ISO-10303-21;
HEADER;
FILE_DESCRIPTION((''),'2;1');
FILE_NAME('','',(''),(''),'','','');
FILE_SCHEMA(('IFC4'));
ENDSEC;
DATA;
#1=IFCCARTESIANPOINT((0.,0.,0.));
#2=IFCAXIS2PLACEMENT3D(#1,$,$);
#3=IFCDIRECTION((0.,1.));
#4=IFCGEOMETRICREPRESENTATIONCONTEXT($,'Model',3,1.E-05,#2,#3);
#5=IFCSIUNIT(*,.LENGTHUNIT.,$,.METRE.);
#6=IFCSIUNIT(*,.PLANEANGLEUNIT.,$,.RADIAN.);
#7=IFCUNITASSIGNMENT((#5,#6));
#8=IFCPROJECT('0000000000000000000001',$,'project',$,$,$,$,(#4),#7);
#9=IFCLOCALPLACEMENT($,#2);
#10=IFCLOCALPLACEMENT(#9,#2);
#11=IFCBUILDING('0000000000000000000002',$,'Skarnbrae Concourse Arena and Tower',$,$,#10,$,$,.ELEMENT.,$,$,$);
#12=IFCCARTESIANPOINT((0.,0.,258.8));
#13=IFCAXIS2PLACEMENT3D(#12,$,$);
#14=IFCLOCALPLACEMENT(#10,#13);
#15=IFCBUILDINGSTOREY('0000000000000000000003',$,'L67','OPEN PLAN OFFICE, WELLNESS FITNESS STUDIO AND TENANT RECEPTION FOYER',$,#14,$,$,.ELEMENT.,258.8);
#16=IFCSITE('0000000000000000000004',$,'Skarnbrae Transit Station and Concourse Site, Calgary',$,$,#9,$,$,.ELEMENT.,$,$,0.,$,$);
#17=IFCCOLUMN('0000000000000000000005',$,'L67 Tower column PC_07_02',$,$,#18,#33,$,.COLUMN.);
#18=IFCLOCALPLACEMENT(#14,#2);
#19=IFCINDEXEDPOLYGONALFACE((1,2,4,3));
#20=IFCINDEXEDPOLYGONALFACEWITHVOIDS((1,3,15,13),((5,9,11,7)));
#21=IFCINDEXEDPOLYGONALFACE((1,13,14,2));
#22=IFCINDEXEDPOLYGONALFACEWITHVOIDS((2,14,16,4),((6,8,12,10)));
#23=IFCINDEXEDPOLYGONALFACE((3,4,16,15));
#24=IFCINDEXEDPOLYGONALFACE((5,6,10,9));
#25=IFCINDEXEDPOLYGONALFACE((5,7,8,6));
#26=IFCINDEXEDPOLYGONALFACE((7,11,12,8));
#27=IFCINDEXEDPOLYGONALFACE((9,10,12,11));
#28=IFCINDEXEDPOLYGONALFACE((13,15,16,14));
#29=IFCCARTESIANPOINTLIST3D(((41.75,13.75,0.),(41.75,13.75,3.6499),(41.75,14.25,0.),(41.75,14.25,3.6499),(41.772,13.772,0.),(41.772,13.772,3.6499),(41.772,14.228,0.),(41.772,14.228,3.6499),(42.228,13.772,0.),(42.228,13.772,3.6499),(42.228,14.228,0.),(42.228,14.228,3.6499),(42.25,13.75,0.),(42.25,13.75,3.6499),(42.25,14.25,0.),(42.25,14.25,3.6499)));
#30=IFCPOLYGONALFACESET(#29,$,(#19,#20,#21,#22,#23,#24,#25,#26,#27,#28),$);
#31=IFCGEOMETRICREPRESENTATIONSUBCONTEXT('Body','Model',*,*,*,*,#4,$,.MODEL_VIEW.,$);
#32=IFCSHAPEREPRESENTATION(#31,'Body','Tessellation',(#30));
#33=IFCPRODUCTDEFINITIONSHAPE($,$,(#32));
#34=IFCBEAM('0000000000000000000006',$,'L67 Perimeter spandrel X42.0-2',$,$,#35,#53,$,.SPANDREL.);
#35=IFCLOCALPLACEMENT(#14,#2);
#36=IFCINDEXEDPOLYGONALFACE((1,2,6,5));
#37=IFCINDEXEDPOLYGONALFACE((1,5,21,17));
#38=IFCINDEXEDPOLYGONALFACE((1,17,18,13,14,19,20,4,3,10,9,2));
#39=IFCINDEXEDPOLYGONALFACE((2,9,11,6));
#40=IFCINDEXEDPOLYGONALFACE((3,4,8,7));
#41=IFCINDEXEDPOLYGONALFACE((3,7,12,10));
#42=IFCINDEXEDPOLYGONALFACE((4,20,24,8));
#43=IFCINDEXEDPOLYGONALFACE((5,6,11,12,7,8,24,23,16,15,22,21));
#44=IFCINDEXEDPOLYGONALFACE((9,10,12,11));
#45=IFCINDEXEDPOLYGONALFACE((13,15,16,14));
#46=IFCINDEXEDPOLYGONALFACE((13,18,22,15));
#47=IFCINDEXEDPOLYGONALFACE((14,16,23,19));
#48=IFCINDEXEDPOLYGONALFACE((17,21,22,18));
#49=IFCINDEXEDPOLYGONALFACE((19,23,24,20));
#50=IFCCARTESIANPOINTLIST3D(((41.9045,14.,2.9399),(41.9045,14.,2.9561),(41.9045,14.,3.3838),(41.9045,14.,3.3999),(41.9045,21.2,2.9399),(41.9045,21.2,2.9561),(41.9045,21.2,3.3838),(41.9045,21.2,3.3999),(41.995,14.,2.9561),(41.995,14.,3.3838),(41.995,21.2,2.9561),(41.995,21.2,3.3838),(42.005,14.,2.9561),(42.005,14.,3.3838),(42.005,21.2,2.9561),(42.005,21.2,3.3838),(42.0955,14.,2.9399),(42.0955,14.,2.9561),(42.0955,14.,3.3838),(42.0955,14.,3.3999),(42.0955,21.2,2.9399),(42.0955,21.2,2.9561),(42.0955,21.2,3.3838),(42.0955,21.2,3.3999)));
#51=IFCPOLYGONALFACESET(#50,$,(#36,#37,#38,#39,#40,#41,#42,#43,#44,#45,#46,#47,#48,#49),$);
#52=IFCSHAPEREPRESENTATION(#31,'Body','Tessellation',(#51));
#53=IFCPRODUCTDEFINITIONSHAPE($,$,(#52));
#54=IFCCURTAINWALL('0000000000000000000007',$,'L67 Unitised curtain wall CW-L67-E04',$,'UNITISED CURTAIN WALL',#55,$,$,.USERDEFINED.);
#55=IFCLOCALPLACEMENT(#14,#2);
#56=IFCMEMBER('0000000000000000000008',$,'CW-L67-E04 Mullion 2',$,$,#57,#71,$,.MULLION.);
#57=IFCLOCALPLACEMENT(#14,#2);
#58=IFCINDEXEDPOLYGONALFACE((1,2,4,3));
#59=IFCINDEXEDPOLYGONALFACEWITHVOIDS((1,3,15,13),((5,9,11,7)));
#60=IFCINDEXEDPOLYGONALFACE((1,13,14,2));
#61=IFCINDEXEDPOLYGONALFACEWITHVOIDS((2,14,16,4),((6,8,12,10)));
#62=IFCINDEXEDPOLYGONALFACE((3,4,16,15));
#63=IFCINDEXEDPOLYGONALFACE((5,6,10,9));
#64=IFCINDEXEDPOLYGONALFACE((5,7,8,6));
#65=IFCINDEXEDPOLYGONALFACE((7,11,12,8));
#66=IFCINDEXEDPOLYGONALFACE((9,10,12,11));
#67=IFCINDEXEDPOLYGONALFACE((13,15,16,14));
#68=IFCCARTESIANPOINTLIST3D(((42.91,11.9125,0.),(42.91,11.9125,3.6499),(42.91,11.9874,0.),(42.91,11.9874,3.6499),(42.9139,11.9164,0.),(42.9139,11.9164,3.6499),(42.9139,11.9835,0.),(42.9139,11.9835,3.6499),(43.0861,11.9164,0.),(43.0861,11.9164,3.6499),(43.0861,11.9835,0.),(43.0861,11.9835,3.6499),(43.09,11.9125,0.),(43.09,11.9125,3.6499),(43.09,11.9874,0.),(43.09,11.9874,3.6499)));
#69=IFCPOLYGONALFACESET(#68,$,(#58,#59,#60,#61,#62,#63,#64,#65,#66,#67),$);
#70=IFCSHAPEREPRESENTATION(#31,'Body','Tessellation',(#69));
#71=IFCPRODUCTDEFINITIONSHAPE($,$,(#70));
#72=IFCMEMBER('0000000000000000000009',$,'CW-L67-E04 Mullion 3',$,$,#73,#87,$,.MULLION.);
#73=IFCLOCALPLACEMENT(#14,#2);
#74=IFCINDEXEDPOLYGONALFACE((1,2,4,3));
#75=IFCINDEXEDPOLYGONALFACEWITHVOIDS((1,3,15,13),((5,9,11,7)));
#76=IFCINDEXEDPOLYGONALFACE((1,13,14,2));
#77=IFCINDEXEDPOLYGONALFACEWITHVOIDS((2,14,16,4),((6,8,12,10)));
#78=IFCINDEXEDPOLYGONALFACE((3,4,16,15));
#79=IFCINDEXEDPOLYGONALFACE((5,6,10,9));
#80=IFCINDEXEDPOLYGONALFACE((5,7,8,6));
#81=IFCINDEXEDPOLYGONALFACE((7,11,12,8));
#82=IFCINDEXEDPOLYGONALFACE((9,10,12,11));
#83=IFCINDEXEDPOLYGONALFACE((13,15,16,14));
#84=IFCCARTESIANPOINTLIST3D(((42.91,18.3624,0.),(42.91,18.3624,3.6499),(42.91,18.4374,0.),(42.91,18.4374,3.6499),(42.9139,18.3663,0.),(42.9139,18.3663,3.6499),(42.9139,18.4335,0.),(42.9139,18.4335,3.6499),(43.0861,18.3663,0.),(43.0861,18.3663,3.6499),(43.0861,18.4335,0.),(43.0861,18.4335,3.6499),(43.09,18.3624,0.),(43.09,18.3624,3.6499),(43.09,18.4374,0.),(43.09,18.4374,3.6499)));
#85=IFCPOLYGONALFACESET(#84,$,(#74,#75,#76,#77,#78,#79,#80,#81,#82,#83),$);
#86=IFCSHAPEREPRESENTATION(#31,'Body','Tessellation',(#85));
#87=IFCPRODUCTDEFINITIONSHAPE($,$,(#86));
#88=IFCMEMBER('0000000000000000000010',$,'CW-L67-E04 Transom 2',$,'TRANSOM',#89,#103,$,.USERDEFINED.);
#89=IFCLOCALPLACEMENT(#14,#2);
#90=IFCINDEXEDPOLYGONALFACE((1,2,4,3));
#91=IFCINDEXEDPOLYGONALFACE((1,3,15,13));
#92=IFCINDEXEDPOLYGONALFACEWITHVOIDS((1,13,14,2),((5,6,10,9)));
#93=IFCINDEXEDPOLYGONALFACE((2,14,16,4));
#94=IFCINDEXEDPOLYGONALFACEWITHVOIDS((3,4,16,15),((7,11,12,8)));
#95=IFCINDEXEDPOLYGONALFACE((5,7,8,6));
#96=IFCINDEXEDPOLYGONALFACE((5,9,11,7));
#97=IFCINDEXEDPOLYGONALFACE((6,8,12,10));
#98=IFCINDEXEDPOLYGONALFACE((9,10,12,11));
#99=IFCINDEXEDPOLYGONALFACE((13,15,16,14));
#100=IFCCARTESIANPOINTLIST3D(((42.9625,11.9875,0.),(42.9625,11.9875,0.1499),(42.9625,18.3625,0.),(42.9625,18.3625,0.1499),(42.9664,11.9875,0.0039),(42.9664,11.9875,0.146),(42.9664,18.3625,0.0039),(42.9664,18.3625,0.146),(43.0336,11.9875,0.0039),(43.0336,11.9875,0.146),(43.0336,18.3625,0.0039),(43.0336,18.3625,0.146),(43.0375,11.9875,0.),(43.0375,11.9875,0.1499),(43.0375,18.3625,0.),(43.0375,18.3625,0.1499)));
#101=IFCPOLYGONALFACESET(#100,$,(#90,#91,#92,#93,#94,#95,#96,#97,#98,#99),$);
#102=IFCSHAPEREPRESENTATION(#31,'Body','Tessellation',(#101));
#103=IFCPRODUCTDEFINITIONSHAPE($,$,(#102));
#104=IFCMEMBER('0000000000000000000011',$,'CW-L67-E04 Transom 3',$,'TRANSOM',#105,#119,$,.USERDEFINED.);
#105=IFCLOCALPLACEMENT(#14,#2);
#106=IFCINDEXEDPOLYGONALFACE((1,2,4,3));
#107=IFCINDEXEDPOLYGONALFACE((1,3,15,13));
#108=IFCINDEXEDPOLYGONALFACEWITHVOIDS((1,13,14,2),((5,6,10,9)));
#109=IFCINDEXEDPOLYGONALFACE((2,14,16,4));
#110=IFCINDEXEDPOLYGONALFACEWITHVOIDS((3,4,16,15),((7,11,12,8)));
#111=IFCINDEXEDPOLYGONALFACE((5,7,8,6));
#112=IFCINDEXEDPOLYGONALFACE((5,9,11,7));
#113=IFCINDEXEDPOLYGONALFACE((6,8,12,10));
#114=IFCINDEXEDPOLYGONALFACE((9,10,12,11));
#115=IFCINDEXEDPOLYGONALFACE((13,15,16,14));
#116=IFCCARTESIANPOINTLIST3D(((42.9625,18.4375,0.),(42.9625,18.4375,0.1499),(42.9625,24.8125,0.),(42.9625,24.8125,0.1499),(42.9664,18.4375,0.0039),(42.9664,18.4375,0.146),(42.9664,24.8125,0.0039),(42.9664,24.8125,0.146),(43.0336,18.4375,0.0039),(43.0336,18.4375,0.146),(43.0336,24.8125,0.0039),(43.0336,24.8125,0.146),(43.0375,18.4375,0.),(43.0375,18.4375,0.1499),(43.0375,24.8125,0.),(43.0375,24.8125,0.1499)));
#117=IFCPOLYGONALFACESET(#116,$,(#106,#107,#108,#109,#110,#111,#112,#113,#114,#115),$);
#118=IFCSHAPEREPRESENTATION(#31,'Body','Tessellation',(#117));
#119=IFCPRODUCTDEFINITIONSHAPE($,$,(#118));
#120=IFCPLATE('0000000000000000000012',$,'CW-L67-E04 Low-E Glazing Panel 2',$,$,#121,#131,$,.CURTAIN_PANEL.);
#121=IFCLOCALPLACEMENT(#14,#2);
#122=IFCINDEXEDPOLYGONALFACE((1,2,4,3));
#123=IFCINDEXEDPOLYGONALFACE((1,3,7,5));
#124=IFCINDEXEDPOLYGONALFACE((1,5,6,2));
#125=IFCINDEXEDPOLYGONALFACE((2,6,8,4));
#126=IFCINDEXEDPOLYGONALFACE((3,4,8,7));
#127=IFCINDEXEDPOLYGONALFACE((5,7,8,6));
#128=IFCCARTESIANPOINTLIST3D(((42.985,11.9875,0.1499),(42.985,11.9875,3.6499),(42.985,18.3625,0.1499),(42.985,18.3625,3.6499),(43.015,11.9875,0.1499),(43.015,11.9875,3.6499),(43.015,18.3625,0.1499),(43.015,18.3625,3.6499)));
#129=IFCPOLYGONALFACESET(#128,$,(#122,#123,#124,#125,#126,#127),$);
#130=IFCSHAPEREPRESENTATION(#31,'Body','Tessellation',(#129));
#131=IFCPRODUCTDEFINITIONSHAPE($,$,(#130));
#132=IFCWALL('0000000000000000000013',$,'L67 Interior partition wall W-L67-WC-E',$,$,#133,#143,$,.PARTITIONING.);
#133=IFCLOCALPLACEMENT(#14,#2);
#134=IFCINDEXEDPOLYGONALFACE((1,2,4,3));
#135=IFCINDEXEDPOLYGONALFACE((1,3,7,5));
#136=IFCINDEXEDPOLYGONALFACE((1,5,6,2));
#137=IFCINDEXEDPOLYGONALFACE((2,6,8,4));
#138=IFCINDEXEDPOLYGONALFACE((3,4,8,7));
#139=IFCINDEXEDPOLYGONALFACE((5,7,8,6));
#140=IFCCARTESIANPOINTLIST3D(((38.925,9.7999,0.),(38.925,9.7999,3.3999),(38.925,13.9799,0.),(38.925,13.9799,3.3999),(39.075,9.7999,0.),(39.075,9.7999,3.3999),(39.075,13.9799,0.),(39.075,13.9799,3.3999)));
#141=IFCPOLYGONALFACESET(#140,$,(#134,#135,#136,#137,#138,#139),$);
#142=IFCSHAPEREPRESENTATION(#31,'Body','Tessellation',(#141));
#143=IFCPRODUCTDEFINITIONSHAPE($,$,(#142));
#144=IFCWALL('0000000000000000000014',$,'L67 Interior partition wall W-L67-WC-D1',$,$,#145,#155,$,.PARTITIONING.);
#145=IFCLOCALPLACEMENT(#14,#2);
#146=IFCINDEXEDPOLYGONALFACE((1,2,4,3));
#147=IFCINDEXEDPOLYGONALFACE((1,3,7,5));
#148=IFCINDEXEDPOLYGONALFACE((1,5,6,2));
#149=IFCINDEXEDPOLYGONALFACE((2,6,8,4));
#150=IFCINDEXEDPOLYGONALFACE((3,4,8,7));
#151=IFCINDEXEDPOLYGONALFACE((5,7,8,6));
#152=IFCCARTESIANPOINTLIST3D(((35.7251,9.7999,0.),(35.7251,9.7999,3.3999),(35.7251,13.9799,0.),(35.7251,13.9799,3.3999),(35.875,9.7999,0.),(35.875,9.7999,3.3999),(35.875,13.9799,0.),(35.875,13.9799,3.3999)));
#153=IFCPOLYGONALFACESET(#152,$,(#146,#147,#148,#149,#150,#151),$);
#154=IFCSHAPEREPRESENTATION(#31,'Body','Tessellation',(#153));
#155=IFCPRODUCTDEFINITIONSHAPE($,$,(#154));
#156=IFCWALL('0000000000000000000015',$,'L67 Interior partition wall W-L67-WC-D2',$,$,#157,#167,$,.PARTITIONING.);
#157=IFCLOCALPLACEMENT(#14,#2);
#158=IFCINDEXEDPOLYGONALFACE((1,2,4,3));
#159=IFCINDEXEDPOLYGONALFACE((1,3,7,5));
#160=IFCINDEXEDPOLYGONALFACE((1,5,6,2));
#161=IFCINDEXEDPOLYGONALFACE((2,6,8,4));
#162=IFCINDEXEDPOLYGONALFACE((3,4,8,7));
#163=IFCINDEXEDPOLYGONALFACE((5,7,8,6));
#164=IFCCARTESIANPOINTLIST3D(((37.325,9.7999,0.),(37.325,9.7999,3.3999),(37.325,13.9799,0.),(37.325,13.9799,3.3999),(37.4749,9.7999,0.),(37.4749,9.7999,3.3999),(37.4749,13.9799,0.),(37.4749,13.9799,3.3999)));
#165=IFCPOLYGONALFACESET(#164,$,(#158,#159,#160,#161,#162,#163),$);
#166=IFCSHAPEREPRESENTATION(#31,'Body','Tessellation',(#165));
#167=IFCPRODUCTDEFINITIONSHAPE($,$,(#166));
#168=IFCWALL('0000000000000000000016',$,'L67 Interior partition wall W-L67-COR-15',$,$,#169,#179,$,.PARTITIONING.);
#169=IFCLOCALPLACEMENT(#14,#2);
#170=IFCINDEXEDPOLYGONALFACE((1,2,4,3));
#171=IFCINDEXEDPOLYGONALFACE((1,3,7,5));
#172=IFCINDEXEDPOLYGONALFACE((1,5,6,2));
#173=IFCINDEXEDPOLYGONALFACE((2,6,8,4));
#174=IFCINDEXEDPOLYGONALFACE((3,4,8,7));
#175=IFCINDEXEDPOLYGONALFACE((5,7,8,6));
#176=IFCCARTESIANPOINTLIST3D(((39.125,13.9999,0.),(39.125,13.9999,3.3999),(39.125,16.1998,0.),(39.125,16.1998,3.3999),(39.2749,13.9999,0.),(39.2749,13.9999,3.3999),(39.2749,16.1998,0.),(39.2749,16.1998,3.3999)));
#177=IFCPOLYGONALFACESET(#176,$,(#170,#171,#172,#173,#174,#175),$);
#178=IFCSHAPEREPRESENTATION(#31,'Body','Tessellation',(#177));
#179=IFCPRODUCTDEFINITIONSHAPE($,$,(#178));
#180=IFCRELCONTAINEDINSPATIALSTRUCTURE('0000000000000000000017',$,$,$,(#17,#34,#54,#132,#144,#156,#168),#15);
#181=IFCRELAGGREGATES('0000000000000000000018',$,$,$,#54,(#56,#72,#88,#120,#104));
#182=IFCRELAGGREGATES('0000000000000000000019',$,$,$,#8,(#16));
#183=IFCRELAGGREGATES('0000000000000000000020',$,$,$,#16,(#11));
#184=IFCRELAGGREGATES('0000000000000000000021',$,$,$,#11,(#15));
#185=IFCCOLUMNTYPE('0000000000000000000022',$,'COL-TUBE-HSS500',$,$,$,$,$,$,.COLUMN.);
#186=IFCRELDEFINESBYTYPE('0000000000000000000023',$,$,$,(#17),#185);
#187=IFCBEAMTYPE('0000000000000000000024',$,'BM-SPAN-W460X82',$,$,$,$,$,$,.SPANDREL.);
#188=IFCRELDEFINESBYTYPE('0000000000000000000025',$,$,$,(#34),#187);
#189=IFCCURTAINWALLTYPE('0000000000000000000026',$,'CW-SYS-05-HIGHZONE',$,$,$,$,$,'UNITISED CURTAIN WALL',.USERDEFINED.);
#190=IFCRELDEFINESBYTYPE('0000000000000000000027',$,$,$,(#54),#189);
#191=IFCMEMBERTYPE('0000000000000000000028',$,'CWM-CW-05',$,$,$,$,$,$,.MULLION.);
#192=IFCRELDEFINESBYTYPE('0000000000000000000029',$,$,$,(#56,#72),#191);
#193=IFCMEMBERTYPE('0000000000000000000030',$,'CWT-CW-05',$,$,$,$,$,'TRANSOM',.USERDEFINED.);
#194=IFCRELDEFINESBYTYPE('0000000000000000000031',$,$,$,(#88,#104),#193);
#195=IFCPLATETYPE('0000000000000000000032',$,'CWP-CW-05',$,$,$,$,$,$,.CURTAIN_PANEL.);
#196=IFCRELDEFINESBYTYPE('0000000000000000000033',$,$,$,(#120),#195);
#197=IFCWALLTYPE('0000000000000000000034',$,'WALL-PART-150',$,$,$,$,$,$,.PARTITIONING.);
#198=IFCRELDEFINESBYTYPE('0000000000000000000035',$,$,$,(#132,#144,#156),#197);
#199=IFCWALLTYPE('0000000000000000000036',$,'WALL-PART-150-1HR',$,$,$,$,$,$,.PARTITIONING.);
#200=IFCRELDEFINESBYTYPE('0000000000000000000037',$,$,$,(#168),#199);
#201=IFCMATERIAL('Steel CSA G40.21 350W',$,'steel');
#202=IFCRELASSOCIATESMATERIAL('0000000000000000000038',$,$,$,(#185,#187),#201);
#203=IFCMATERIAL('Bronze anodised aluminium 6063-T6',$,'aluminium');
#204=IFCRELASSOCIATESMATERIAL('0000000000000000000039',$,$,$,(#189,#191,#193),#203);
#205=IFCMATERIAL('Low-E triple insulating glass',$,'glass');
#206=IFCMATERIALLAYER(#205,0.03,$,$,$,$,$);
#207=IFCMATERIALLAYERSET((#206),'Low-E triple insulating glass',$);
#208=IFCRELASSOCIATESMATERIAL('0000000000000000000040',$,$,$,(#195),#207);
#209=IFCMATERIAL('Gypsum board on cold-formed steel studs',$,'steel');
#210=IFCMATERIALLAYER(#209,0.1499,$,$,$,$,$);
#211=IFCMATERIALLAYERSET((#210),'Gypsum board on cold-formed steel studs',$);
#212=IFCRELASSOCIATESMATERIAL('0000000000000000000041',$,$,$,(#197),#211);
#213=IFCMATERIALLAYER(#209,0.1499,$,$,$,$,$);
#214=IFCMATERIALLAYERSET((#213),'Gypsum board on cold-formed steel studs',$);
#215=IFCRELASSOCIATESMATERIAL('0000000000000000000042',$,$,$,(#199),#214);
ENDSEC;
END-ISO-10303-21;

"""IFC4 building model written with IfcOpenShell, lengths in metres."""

from ifc_helpers import new_model, si_unit, direction, frame, frame_2d, origin, origin_2d, place, context, subcontext, project, spatial, rectangle, hollow_rectangle, i_section, extrude, source, transform, mapped, material, layer, layer_set, material_profile, profile_set, type_object, element, aggregate, save


model = new_model("IFC4")

# Units and contexts
model_context = context("Model", 3, precision=1e-05, world=origin(), true_north=direction((0.0, 1.0)))
body_context = subcontext(model_context, "Body", "Model", "MODEL_VIEW")
ifc_project = project(units=[si_unit("LENGTHUNIT", "METRE"), si_unit("PLANEANGLEUNIT", "RADIAN")], contexts=[model_context])

# Site, building, storey
site_placement = place(None, origin())
site = spatial("IfcSite", under=ifc_project, at=site_placement, Name="Skarnbrae Transit Station and Concourse Site, Calgary", CompositionType="ELEMENT", RefElevation=0.0)
building_placement = place(site_placement, origin())
building = spatial("IfcBuilding", under=site, at=building_placement, Name="Skarnbrae Concourse Arena and Tower", CompositionType="ELEMENT")
storey_placement = place(building_placement, frame((0.0, 0.0, 258.8)))
storey = spatial("IfcBuildingStorey", under=building, at=storey_placement, Name="L67", Description="OPEN PLAN OFFICE, WELLNESS FITNESS STUDIO AND TENANT RECEPTION FOYER", CompositionType="ELEMENT", Elevation=258.8)

# Column
ifc_material_1 = material(Name="Steel CSA G40.21 350W", Category="steel")
ifc_material_profile_1 = material_profile(ifc_material_1, hollow_rectangle(XDim=0.5, YDim=0.5, WallThickness=0.022, at=origin_2d()), Name="HSS500X500X22.0")
ifc_profile_set_1 = profile_set([ifc_material_profile_1], Name="Steel CSA G40.21 350W")
column_type = type_object("IfcColumnType", Name="COL-TUBE-HSS500", PredefinedType="COLUMN", material=ifc_profile_set_1)
shared_shape_1 = source(origin(), body_context, "Body", "SweptSolid", [
    extrude(hollow_rectangle(XDim=0.5, YDim=0.5, WallThickness=0.022, at=origin_2d()), origin(), (0.0, 0.0, 1.0), 3.6499),
])
column_placement = place(storey_placement, frame((42.0, 14.0, 0.0), z_axis=(0.0, 0.0, 1.0), x_axis=(1.0, 0.0, 0.0)))
element("IfcColumn", 1, at=column_placement, inside=storey, type_object=column_type, Name="L67 Tower column PC_07_02", PredefinedType="COLUMN", context=body_context, shape_type="MappedRepresentation", body=[
    mapped(shared_shape_1, transform((0.0, 0.0, 0.0))),
])

# Beam
ifc_material_profile_2 = material_profile(ifc_material_1, i_section(OverallWidth=0.1909, OverallDepth=0.46, WebThickness=0.01, FlangeThickness=0.0161, at=origin_2d()), Name="W460X82")
ifc_profile_set_2 = profile_set([ifc_material_profile_2], Name="Steel CSA G40.21 350W")
beam_type = type_object("IfcBeamType", Name="BM-SPAN-W460X82", PredefinedType="SPANDREL", material=ifc_profile_set_2)
shared_shape_2 = source(origin(), body_context, "Body", "SweptSolid", [
    extrude(i_section(OverallWidth=0.1909, OverallDepth=0.46, WebThickness=0.01, FlangeThickness=0.0161, at=origin_2d()), origin(), (0.0, 0.0, 1.0), 7.2),
])
beam_placement = place(storey_placement, frame((42.0, 14.0, 3.1699), z_axis=(0.0, 1.0, 0.0), x_axis=(-1.0, 0.0, 0.0)))
element("IfcBeam", 2, at=beam_placement, inside=storey, type_object=beam_type, Name="L67 Perimeter spandrel X42.0-2", PredefinedType="SPANDREL", context=body_context, shape_type="MappedRepresentation", body=[
    mapped(shared_shape_2, transform((0.0, 0.0, 0.0))),
])

# Curtain wall, members, plate
ifc_material_2 = material(Name="Bronze anodised aluminium 6063-T6", Category="aluminium")
curtain_wall_type = type_object("IfcCurtainWallType", Name="CW-SYS-05-HIGHZONE", ElementType="UNITISED CURTAIN WALL", PredefinedType="USERDEFINED", material=ifc_material_2)
curtain_wall_placement = place(storey_placement, origin())
curtain_wall = element("IfcCurtainWall", 3, at=curtain_wall_placement, inside=storey, type_object=curtain_wall_type, Name="L67 Unitised curtain wall CW-L67-E04", ObjectType="UNITISED CURTAIN WALL", PredefinedType="USERDEFINED")
ifc_material_profile_3 = material_profile(ifc_material_2, hollow_rectangle(XDim=0.075, YDim=0.1799, WallThickness=0.0039, at=origin_2d()), Name="ALU-MULL-75X180")
ifc_profile_set_3 = profile_set([ifc_material_profile_3], Name="Bronze anodised aluminium 6063-T6")
member_type_1 = type_object("IfcMemberType", Name="CWM-CW-05", PredefinedType="MULLION", material=ifc_profile_set_3)
shared_shape_3 = source(origin(), body_context, "Body", "SweptSolid", [
    extrude(hollow_rectangle(XDim=0.075, YDim=0.1799, WallThickness=0.0039, at=origin_2d()), origin(), (0.0, 0.0, 1.0), 3.6499),
])
member_1_placement = place(storey_placement, frame((43.0, 11.95, 0.0), z_axis=(0.0, 0.0, 1.0), x_axis=(0.0, 1.0, 0.0)))
member_1 = element("IfcMember", 4, at=member_1_placement, type_object=member_type_1, Name="CW-L67-E04 Mullion 2", PredefinedType="MULLION", context=body_context, shape_type="MappedRepresentation", body=[
    mapped(shared_shape_3, transform((0.0, 0.0, 0.0))),
])
member_2_placement = place(storey_placement, frame((43.0, 18.3999, 0.0), z_axis=(0.0, 0.0, 1.0), x_axis=(0.0, 1.0, 0.0)))
member_2 = element("IfcMember", 5, at=member_2_placement, type_object=member_type_1, Name="CW-L67-E04 Mullion 3", PredefinedType="MULLION", context=body_context, shape_type="MappedRepresentation", body=[
    mapped(shared_shape_3, transform((0.0, 0.0, 0.0))),
])
ifc_material_profile_4 = material_profile(ifc_material_2, hollow_rectangle(XDim=0.075, YDim=0.1499, WallThickness=0.0039, at=origin_2d()), Name="ALU-TRAN-75X150")
ifc_profile_set_4 = profile_set([ifc_material_profile_4], Name="Bronze anodised aluminium 6063-T6")
member_type_2 = type_object("IfcMemberType", Name="CWT-CW-05", ElementType="TRANSOM", PredefinedType="USERDEFINED", material=ifc_profile_set_4)
shared_shape_4 = source(origin(), body_context, "Body", "SweptSolid", [
    extrude(hollow_rectangle(XDim=0.075, YDim=0.1499, WallThickness=0.0039, at=origin_2d()), origin(), (0.0, 0.0, 1.0), 6.375),
])
member_3_placement = place(storey_placement, frame((43.0, 11.9875, 0.075), z_axis=(0.0, 1.0, 0.0), x_axis=(-1.0, 0.0, 0.0)))
member_3 = element("IfcMember", 6, at=member_3_placement, type_object=member_type_2, Name="CW-L67-E04 Transom 2", ObjectType="TRANSOM", PredefinedType="USERDEFINED", context=body_context, shape_type="MappedRepresentation", body=[
    mapped(shared_shape_4, transform((0.0, 0.0, 0.0))),
])
member_4_placement = place(storey_placement, frame((43.0, 18.4375, 0.075), z_axis=(0.0, 1.0, 0.0), x_axis=(-1.0, 0.0, 0.0)))
member_4 = element("IfcMember", 7, at=member_4_placement, type_object=member_type_2, Name="CW-L67-E04 Transom 3", ObjectType="TRANSOM", PredefinedType="USERDEFINED", context=body_context, shape_type="MappedRepresentation", body=[
    mapped(shared_shape_4, transform((0.0, 0.0, 0.0))),
])
ifc_material_3 = material(Name="Low-E triple insulating glass", Category="glass")
ifc_layer_1 = layer(ifc_material_3, 0.03)
ifc_layer_set_1 = layer_set([ifc_layer_1], Name="Low-E triple insulating glass")
plate_type = type_object("IfcPlateType", Name="CWP-CW-05", PredefinedType="CURTAIN_PANEL", material=ifc_layer_set_1)
shared_shape_5 = source(origin(), body_context, "Body", "SweptSolid", [
    extrude(rectangle(XDim=6.375, YDim=0.03, at=origin_2d()), origin(), (0.0, 0.0, 1.0), 3.5),
])
plate_placement = place(storey_placement, frame((43.0, 15.175, 0.1499), z_axis=(0.0, 0.0, 1.0), x_axis=(0.0, 1.0, 0.0)))
plate = element("IfcPlate", 8, at=plate_placement, type_object=plate_type, Name="CW-L67-E04 Low-E Glazing Panel 2", PredefinedType="CURTAIN_PANEL", context=body_context, shape_type="MappedRepresentation", body=[
    mapped(shared_shape_5, transform((0.0, 0.0, 0.0))),
])
aggregate(curtain_wall, [member_1, member_2, member_3, plate, member_4])

# Walls
ifc_material_4 = material(Name="Gypsum board on cold-formed steel studs", Category="steel")
ifc_layer_2 = layer(ifc_material_4, 0.1499)
ifc_layer_set_2 = layer_set([ifc_layer_2], Name="Gypsum board on cold-formed steel studs")
wall_type_1 = type_object("IfcWallType", Name="WALL-PART-150", PredefinedType="PARTITIONING", material=ifc_layer_set_2)
shared_shape_6 = source(origin(), body_context, "Body", "SweptSolid", [
    extrude(rectangle(XDim=4.1799, YDim=0.1499, at=frame_2d((2.0898, 0.0))), origin(), (0.0, 0.0, 1.0), 3.3999),
])
for number, where, z_axis, x_axis, name in (
    (9, (39.0, 9.8, 0.0), (0.0, 0.0, 1.0), (0.0, 1.0, 0.0), "L67 Interior partition wall W-L67-WC-E"),
    (10, (35.8, 9.8, 0.0), (0.0, 0.0, 1.0), (0.0, 1.0, 0.0), "L67 Interior partition wall W-L67-WC-D1"),
    (11, (37.3999, 9.8, 0.0), (0.0, 0.0, 1.0), (0.0, 1.0, 0.0), "L67 Interior partition wall W-L67-WC-D2"),
):
    element("IfcWall", number, at=place(storey_placement, frame(where, z_axis=z_axis, x_axis=x_axis)), inside=storey, type_object=wall_type_1, Name=name, PredefinedType="PARTITIONING", context=body_context, shape_type="MappedRepresentation", body=[
        mapped(shared_shape_6, transform((0.0, 0.0, 0.0))),
    ])
ifc_layer_3 = layer(ifc_material_4, 0.1499)
ifc_layer_set_3 = layer_set([ifc_layer_3], Name="Gypsum board on cold-formed steel studs")
wall_type_2 = type_object("IfcWallType", Name="WALL-PART-150-1HR", PredefinedType="PARTITIONING", material=ifc_layer_set_3)
shared_shape_7 = source(origin(), body_context, "Body", "SweptSolid", [
    extrude(rectangle(XDim=2.2, YDim=0.1499, at=frame_2d((1.1001, 0.0))), origin(), (0.0, 0.0, 1.0), 3.3999),
])
wall_1_placement = place(storey_placement, frame((39.2, 16.2, 0.0), z_axis=(0.0, 0.0, 1.0), x_axis=(0.0, -1.0, 0.0)))
element("IfcWall", 12, at=wall_1_placement, inside=storey, type_object=wall_type_2, Name="L67 Interior partition wall W-L67-COR-15", PredefinedType="PARTITIONING", context=body_context, shape_type="MappedRepresentation", body=[
    mapped(shared_shape_7, transform((0.0, 0.0, 0.0))),
])

save(model, "model.ifc")
